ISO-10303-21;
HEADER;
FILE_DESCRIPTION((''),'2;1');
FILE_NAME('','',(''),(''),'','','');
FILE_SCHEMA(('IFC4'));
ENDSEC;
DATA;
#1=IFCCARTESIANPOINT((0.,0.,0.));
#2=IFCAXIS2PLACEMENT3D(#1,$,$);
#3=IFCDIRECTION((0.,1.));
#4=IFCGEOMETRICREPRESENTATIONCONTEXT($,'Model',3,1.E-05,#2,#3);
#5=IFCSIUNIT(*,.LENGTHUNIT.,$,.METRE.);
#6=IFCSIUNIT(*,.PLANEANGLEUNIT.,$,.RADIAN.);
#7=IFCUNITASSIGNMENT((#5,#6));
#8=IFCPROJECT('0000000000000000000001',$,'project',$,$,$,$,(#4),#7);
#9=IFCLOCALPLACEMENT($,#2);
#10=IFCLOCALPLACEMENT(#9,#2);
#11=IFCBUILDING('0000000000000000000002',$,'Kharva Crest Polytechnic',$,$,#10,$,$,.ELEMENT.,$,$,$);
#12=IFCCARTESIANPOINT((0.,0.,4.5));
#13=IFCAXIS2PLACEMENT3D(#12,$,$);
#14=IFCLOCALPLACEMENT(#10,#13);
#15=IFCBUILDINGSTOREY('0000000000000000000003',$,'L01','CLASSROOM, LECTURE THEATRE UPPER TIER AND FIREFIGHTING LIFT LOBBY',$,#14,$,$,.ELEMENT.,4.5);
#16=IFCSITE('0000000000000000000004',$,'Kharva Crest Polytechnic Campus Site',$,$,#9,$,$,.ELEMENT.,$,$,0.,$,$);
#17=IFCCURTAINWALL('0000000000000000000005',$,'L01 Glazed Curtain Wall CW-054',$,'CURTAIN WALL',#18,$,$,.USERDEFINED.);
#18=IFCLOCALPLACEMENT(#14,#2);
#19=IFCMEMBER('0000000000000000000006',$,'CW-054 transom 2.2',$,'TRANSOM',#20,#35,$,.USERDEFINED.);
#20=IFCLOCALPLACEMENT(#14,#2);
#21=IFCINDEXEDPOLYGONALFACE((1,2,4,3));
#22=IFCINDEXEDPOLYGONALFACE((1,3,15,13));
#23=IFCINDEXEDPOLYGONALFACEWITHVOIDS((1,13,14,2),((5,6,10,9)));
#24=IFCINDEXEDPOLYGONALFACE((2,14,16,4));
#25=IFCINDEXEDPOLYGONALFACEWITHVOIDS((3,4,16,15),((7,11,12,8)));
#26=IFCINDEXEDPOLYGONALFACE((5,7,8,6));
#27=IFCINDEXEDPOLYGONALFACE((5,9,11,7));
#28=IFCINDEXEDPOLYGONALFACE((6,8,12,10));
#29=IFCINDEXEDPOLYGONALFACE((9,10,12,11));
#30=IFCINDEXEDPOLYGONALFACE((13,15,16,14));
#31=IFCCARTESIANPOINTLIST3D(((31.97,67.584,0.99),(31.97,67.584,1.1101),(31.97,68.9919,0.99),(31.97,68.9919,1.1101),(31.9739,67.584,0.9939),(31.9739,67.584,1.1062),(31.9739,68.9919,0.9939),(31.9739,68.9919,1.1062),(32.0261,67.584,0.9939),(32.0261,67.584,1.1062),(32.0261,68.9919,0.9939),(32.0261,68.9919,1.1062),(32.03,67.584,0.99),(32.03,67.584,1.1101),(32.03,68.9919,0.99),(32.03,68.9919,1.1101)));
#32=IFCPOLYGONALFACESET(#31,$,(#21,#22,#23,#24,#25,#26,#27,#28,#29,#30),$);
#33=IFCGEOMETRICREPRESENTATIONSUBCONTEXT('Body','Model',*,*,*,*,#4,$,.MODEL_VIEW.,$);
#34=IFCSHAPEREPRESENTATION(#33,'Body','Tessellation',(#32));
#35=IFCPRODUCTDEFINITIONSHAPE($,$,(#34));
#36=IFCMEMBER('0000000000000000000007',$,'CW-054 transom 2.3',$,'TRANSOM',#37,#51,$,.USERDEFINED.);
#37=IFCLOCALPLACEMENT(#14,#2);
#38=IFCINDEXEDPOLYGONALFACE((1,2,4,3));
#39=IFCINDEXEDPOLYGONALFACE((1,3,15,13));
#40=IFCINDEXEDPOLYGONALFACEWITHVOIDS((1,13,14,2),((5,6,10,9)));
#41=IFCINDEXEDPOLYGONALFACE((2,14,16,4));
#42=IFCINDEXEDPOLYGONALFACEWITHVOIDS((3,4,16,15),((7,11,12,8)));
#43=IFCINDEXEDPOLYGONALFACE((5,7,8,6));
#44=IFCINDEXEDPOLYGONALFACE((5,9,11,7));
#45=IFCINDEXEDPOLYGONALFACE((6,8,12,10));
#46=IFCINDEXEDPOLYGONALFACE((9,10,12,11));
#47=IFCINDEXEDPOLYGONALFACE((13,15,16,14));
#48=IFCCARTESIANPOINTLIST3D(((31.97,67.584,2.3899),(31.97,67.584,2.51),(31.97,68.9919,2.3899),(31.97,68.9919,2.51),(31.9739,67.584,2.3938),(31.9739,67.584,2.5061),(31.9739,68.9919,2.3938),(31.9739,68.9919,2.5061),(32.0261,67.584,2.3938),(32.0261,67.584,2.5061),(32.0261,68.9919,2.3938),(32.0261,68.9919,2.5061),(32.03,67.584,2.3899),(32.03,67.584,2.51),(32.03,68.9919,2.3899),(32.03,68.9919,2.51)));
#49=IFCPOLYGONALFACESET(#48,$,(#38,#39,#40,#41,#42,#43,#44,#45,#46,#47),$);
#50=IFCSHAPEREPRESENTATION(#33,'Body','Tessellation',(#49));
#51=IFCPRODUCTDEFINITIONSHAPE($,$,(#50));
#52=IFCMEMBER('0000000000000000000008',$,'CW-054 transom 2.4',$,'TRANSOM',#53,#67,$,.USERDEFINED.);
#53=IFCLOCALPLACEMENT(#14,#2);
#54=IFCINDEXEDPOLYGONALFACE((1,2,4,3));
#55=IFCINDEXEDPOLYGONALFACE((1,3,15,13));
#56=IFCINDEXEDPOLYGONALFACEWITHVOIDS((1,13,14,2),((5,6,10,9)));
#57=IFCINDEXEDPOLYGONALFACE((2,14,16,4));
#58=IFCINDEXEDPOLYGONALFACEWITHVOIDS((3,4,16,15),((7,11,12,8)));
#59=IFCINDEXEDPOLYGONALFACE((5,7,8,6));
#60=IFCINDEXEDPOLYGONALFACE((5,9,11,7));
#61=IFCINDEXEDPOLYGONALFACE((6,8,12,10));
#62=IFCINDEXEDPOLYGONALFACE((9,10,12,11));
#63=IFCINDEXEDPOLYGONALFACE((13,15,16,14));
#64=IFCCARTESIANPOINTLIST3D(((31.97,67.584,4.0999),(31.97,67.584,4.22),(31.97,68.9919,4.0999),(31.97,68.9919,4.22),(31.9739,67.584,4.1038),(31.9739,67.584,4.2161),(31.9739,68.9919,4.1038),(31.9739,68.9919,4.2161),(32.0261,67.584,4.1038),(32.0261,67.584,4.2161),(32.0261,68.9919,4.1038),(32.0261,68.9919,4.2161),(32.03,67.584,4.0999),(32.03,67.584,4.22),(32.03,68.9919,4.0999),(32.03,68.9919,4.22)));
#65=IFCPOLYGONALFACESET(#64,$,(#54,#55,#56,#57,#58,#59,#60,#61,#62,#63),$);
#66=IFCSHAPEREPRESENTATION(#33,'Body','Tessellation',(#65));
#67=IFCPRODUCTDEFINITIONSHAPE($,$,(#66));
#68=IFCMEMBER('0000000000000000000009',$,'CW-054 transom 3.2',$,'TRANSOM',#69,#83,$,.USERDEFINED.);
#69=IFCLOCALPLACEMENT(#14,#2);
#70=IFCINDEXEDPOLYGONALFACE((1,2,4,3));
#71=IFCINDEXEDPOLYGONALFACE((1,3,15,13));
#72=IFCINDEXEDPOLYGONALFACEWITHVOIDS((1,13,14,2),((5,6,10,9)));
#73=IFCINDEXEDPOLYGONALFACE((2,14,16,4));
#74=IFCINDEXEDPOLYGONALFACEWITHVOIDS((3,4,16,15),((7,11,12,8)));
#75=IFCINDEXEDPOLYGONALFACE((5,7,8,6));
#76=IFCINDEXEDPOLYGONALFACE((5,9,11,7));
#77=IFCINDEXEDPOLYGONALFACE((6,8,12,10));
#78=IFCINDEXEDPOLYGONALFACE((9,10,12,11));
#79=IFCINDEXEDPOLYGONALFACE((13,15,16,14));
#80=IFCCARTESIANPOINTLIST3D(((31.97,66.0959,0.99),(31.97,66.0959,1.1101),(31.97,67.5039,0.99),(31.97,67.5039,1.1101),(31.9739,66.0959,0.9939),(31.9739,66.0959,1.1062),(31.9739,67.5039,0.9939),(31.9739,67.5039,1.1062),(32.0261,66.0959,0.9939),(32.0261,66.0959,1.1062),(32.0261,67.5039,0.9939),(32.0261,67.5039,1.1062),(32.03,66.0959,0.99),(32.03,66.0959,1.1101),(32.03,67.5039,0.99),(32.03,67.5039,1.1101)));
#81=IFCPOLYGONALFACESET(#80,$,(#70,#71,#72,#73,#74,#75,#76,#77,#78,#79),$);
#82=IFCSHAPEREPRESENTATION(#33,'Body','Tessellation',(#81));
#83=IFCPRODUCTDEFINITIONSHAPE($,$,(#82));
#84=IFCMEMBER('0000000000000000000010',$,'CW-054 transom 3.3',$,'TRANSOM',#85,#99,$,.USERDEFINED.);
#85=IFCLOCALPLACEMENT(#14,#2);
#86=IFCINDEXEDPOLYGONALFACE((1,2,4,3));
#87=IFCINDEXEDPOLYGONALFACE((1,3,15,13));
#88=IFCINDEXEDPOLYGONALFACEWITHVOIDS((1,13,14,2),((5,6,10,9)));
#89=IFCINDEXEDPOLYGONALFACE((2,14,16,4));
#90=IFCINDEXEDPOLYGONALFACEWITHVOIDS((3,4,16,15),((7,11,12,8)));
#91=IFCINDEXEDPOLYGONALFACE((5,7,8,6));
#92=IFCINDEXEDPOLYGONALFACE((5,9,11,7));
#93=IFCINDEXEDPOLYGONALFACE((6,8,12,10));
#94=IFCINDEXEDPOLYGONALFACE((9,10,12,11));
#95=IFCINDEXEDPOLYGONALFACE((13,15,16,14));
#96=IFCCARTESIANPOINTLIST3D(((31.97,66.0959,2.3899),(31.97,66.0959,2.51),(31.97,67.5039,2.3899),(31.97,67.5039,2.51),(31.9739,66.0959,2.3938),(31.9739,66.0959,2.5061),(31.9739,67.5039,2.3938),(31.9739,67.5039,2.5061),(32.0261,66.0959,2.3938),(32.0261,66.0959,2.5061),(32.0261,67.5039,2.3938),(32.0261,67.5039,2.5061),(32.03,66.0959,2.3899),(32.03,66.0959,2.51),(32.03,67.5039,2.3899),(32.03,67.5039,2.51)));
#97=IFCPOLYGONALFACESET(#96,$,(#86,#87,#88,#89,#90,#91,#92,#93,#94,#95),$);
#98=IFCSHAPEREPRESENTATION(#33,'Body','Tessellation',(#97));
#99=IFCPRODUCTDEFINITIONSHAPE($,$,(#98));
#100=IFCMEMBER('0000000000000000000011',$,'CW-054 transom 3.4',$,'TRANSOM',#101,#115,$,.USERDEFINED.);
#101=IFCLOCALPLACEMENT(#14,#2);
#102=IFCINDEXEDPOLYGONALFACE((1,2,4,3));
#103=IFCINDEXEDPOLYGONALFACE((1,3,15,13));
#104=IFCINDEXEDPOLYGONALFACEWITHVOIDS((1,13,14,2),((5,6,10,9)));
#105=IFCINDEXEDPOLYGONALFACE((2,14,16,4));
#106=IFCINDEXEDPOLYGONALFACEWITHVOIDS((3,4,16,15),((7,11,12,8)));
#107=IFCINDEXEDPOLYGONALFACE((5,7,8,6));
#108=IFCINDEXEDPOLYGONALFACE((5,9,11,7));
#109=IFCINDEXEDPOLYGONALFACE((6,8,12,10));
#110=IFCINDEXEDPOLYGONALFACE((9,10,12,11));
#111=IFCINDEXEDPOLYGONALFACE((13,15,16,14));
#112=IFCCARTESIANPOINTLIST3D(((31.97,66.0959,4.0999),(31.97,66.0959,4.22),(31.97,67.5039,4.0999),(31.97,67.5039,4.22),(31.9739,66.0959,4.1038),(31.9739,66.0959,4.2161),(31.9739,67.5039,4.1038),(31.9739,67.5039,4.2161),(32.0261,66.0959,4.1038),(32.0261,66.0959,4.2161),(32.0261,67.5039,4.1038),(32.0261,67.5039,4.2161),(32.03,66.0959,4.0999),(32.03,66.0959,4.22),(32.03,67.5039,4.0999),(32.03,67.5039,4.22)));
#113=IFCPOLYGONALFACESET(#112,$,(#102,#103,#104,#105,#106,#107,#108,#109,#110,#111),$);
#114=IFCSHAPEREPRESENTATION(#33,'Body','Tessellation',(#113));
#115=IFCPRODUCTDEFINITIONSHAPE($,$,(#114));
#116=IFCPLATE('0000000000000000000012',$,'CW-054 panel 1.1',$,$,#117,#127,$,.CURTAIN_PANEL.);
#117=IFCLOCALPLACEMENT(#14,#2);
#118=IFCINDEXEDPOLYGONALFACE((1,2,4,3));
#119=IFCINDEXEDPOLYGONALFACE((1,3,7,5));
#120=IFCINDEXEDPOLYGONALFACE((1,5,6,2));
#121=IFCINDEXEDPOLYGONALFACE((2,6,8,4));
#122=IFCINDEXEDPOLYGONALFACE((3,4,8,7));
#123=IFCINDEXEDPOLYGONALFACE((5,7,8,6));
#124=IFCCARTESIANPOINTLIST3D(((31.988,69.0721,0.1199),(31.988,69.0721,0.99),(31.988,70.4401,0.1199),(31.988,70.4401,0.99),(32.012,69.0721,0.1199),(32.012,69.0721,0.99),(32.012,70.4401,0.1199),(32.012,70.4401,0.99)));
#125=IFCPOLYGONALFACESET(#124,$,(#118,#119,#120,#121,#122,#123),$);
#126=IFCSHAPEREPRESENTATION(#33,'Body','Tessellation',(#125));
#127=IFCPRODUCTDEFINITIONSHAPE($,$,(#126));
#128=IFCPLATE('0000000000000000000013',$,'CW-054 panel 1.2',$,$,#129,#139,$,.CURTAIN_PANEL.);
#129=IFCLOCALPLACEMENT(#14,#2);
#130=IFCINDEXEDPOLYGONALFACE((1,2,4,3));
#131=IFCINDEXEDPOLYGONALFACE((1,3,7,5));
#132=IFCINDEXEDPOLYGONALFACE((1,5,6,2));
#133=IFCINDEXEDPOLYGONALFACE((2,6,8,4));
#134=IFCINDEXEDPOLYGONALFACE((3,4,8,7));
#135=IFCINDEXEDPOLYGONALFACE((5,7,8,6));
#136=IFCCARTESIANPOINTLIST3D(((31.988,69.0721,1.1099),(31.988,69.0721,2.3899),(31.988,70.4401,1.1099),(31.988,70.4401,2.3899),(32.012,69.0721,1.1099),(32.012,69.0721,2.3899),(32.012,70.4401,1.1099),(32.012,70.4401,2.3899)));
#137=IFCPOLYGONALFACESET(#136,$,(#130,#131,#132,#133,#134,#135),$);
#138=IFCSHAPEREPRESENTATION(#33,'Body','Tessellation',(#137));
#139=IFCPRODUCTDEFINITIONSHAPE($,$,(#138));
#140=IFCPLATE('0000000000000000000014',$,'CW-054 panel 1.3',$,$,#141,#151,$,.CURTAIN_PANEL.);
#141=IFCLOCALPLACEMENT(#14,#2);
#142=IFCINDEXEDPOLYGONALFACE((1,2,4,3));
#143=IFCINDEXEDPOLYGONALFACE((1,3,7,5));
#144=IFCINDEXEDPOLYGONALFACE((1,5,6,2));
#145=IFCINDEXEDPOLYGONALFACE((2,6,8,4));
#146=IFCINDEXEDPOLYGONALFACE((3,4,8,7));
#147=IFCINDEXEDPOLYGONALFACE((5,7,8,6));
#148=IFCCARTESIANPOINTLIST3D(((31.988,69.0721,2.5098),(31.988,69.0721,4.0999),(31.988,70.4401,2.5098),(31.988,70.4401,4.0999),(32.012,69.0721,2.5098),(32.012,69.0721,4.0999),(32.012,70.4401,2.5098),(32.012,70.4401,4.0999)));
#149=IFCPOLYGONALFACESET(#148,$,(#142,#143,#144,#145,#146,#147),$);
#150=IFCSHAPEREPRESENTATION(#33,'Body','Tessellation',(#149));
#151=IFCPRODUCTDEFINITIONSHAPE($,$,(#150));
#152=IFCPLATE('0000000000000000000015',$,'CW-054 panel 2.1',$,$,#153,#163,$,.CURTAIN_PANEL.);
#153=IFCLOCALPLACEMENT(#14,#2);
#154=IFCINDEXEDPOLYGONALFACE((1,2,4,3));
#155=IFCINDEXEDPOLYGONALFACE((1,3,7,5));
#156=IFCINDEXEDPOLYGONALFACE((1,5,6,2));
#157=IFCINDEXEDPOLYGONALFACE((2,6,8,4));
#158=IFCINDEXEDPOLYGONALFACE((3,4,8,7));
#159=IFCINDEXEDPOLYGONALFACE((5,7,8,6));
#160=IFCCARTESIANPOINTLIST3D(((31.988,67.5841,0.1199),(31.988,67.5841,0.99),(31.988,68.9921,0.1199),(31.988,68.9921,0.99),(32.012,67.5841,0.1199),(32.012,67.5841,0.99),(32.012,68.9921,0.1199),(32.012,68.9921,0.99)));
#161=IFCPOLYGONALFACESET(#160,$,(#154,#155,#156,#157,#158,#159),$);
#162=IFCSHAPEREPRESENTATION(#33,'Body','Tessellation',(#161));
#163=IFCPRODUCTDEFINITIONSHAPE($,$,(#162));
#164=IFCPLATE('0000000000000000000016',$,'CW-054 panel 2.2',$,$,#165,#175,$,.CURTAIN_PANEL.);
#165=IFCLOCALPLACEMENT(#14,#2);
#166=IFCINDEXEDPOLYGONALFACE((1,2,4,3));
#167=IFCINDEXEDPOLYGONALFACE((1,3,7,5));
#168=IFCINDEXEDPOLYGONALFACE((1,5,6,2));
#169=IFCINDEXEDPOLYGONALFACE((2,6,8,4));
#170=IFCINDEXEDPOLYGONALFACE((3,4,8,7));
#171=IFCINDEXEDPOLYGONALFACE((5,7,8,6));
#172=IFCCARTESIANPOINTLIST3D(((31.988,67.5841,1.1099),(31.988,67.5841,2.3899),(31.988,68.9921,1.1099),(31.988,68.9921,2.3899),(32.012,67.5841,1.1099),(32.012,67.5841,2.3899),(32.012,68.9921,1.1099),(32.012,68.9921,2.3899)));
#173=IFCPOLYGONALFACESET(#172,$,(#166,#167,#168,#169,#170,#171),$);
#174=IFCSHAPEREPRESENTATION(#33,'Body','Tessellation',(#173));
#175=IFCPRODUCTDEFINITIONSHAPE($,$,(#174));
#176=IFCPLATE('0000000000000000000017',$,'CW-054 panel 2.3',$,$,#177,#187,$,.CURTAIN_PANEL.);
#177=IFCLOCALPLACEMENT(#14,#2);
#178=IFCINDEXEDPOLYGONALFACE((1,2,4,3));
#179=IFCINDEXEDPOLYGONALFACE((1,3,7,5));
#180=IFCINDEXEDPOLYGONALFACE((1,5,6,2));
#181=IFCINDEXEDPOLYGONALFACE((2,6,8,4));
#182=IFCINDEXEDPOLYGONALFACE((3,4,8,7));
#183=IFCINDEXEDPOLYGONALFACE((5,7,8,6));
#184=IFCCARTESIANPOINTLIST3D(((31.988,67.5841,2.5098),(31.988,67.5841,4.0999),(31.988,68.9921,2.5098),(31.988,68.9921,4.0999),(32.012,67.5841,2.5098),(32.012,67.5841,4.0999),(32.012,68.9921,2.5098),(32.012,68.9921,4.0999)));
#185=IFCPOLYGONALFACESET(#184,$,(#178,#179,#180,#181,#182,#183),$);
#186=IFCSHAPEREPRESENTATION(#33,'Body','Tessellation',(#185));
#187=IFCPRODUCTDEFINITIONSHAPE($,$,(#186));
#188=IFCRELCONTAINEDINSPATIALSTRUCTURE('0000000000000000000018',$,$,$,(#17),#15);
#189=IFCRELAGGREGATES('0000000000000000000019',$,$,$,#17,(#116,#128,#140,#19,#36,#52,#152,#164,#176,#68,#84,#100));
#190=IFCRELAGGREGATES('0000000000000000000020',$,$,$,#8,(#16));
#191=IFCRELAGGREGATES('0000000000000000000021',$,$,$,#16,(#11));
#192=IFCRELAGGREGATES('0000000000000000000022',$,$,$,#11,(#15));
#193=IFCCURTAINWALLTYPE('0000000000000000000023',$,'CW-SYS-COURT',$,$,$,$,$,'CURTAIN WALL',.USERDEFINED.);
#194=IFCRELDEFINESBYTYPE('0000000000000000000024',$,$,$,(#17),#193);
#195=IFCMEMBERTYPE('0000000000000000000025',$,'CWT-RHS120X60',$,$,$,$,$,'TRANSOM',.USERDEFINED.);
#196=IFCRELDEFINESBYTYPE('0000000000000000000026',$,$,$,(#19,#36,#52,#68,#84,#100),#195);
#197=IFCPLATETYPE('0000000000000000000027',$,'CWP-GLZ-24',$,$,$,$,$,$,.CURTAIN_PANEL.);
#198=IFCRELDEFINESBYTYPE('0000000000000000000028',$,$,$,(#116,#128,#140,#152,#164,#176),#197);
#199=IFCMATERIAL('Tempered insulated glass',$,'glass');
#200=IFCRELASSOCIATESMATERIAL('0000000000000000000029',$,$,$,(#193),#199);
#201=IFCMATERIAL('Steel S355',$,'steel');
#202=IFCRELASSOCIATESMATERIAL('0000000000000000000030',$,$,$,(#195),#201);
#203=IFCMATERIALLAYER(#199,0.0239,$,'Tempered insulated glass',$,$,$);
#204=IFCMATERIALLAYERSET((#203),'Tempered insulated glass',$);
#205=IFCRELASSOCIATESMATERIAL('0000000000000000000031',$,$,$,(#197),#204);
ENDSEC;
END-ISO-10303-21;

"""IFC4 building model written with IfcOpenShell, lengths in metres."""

from ifc_helpers import new_model, si_unit, direction, frame, origin, origin_2d, place, context, subcontext, project, spatial, rectangle, hollow_rectangle, extrude, material, layer, layer_set, material_profile, profile_set, type_object, element, aggregate, save


model = new_model("IFC4")

# Units and contexts
model_context = context("Model", 3, precision=1e-05, world=origin(), true_north=direction((0.0, 1.0)))
body_context = subcontext(model_context, "Body", "Model", "MODEL_VIEW")
ifc_project = project(units=[si_unit("LENGTHUNIT", "METRE"), si_unit("PLANEANGLEUNIT", "RADIAN")], contexts=[model_context])

# Site, building, storey
site_placement = place(None, origin())
site = spatial("IfcSite", under=ifc_project, at=site_placement, Name="Kharva Crest Polytechnic Campus Site", CompositionType="ELEMENT", RefElevation=0.0)
building_placement = place(site_placement, origin())
building = spatial("IfcBuilding", under=site, at=building_placement, Name="Kharva Crest Polytechnic", CompositionType="ELEMENT")
storey_placement = place(building_placement, frame((0.0, 0.0, 4.5)))
storey = spatial("IfcBuildingStorey", under=building, at=storey_placement, Name="L01", Description="CLASSROOM, LECTURE THEATRE UPPER TIER AND FIREFIGHTING LIFT LOBBY", CompositionType="ELEMENT", Elevation=4.5)

# Shared definitions
ifc_material_1 = material(Name="Steel S355", Category="steel")

# Curtain wall, members, plates
ifc_material_2 = material(Name="Tempered insulated glass", Category="glass")
curtain_wall_type = type_object("IfcCurtainWallType", Name="CW-SYS-COURT", ElementType="CURTAIN WALL", PredefinedType="USERDEFINED", material=ifc_material_2)
curtain_wall_placement = place(storey_placement, origin())
curtain_wall = element("IfcCurtainWall", 1, at=curtain_wall_placement, inside=storey, type_object=curtain_wall_type, Name="L01 Glazed Curtain Wall CW-054", ObjectType="CURTAIN WALL", PredefinedType="USERDEFINED")
ifc_material_profile_1 = material_profile(ifc_material_1, hollow_rectangle(XDim=0.0601, YDim=0.1201, WallThickness=0.0039, at=origin_2d()), Name="RHS 120X60X4.0")
ifc_profile_set_1 = profile_set([ifc_material_profile_1], Name="Steel S355")
member_type_1 = type_object("IfcMemberType", Name="CWT-RHS120X60", ElementType="TRANSOM", PredefinedType="USERDEFINED", material=ifc_profile_set_1)
member_1_placement = place(storey_placement, frame((32.0, 68.9919, 1.05), z_axis=(0.0, -1.0, 0.0), x_axis=(1.0, 0.0, 0.0)))
member_1 = element("IfcMember", 2, at=member_1_placement, type_object=member_type_1, Name="CW-054 transom 2.2", ObjectType="TRANSOM", PredefinedType="USERDEFINED", context=body_context, shape_type="SweptSolid", body=[
    extrude(hollow_rectangle(XDim=0.0601, YDim=0.1201, WallThickness=0.0039, at=origin_2d()), origin(), (0.0, 0.0, 1.0), 1.408),
])
member_2_placement = place(storey_placement, frame((32.0, 68.9919, 2.45), z_axis=(0.0, -1.0, 0.0), x_axis=(1.0, 0.0, 0.0)))
member_2 = element("IfcMember", 3, at=member_2_placement, type_object=member_type_1, Name="CW-054 transom 2.3", ObjectType="TRANSOM", PredefinedType="USERDEFINED", context=body_context, shape_type="SweptSolid", body=[
    extrude(hollow_rectangle(XDim=0.0601, YDim=0.1201, WallThickness=0.0039, at=origin_2d()), origin(), (0.0, 0.0, 1.0), 1.408),
])
member_3_placement = place(storey_placement, frame((32.0, 68.9919, 4.1599), z_axis=(0.0, -1.0, 0.0), x_axis=(1.0, 0.0, 0.0)))
member_3 = element("IfcMember", 4, at=member_3_placement, type_object=member_type_1, Name="CW-054 transom 2.4", ObjectType="TRANSOM", PredefinedType="USERDEFINED", context=body_context, shape_type="SweptSolid", body=[
    extrude(hollow_rectangle(XDim=0.0601, YDim=0.1201, WallThickness=0.0039, at=origin_2d()), origin(), (0.0, 0.0, 1.0), 1.408),
])
member_4_placement = place(storey_placement, frame((32.0, 67.5039, 1.05), z_axis=(0.0, -1.0, 0.0), x_axis=(1.0, 0.0, 0.0)))
member_4 = element("IfcMember", 5, at=member_4_placement, type_object=member_type_1, Name="CW-054 transom 3.2", ObjectType="TRANSOM", PredefinedType="USERDEFINED", context=body_context, shape_type="SweptSolid", body=[
    extrude(hollow_rectangle(XDim=0.0601, YDim=0.1201, WallThickness=0.0039, at=origin_2d()), origin(), (0.0, 0.0, 1.0), 1.408),
])
member_5_placement = place(storey_placement, frame((32.0, 67.5039, 2.45), z_axis=(0.0, -1.0, 0.0), x_axis=(1.0, 0.0, 0.0)))
member_5 = element("IfcMember", 6, at=member_5_placement, type_object=member_type_1, Name="CW-054 transom 3.3", ObjectType="TRANSOM", PredefinedType="USERDEFINED", context=body_context, shape_type="SweptSolid", body=[
    extrude(hollow_rectangle(XDim=0.0601, YDim=0.1201, WallThickness=0.0039, at=origin_2d()), origin(), (0.0, 0.0, 1.0), 1.408),
])
member_6_placement = place(storey_placement, frame((32.0, 67.5039, 4.1599), z_axis=(0.0, -1.0, 0.0), x_axis=(1.0, 0.0, 0.0)))
member_6 = element("IfcMember", 7, at=member_6_placement, type_object=member_type_1, Name="CW-054 transom 3.4", ObjectType="TRANSOM", PredefinedType="USERDEFINED", context=body_context, shape_type="SweptSolid", body=[
    extrude(hollow_rectangle(XDim=0.0601, YDim=0.1201, WallThickness=0.0039, at=origin_2d()), origin(), (0.0, 0.0, 1.0), 1.408),
])
ifc_layer_1 = layer(ifc_material_2, 0.0239, Name="Tempered insulated glass")
ifc_layer_set_1 = layer_set([ifc_layer_1], Name="Tempered insulated glass")
plate_type = type_object("IfcPlateType", Name="CWP-GLZ-24", PredefinedType="CURTAIN_PANEL", material=ifc_layer_set_1)
plate_1_placement = place(storey_placement, frame((32.0, 69.7561, 0.1199), z_axis=(0.0, 0.0, 1.0), x_axis=(0.0, -1.0, 0.0)))
plate_1 = element("IfcPlate", 8, at=plate_1_placement, type_object=plate_type, Name="CW-054 panel 1.1", PredefinedType="CURTAIN_PANEL", context=body_context, shape_type="SweptSolid", body=[
    extrude(rectangle(XDim=1.3679, YDim=0.0239, at=origin_2d()), origin(), (0.0, 0.0, 1.0), 0.8701),
])
plate_2_placement = place(storey_placement, frame((32.0, 69.7561, 1.1099), z_axis=(0.0, 0.0, 1.0), x_axis=(0.0, -1.0, 0.0)))
plate_2 = element("IfcPlate", 9, at=plate_2_placement, type_object=plate_type, Name="CW-054 panel 1.2", PredefinedType="CURTAIN_PANEL", context=body_context, shape_type="SweptSolid", body=[
    extrude(rectangle(XDim=1.3679, YDim=0.0239, at=origin_2d()), origin(), (0.0, 0.0, 1.0), 1.28),
])
plate_3_placement = place(storey_placement, frame((32.0, 69.7561, 2.5098), z_axis=(0.0, 0.0, 1.0), x_axis=(0.0, -1.0, 0.0)))
plate_3 = element("IfcPlate", 10, at=plate_3_placement, type_object=plate_type, Name="CW-054 panel 1.3", PredefinedType="CURTAIN_PANEL", context=body_context, shape_type="SweptSolid", body=[
    extrude(rectangle(XDim=1.3679, YDim=0.0239, at=origin_2d()), origin(), (0.0, 0.0, 1.0), 1.5901),
])
plate_4_placement = place(storey_placement, frame((32.0, 68.2881, 0.1199), z_axis=(0.0, 0.0, 1.0), x_axis=(0.0, -1.0, 0.0)))
plate_4 = element("IfcPlate", 11, at=plate_4_placement, type_object=plate_type, Name="CW-054 panel 2.1", PredefinedType="CURTAIN_PANEL", context=body_context, shape_type="SweptSolid", body=[
    extrude(rectangle(XDim=1.408, YDim=0.0239, at=origin_2d()), origin(), (0.0, 0.0, 1.0), 0.8701),
])
plate_5_placement = place(storey_placement, frame((32.0, 68.2881, 1.1099), z_axis=(0.0, 0.0, 1.0), x_axis=(0.0, -1.0, 0.0)))
plate_5 = element("IfcPlate", 12, at=plate_5_placement, type_object=plate_type, Name="CW-054 panel 2.2", PredefinedType="CURTAIN_PANEL", context=body_context, shape_type="SweptSolid", body=[
    extrude(rectangle(XDim=1.408, YDim=0.0239, at=origin_2d()), origin(), (0.0, 0.0, 1.0), 1.28),
])
plate_6_placement = place(storey_placement, frame((32.0, 68.2881, 2.5098), z_axis=(0.0, 0.0, 1.0), x_axis=(0.0, -1.0, 0.0)))
plate_6 = element("IfcPlate", 13, at=plate_6_placement, type_object=plate_type, Name="CW-054 panel 2.3", PredefinedType="CURTAIN_PANEL", context=body_context, shape_type="SweptSolid", body=[
    extrude(rectangle(XDim=1.408, YDim=0.0239, at=origin_2d()), origin(), (0.0, 0.0, 1.0), 1.5901),
])
aggregate(curtain_wall, [plate_1, plate_2, plate_3, member_1, member_2, member_3, plate_4, plate_5, plate_6, member_4, member_5, member_6])

save(model, "model.ifc")
